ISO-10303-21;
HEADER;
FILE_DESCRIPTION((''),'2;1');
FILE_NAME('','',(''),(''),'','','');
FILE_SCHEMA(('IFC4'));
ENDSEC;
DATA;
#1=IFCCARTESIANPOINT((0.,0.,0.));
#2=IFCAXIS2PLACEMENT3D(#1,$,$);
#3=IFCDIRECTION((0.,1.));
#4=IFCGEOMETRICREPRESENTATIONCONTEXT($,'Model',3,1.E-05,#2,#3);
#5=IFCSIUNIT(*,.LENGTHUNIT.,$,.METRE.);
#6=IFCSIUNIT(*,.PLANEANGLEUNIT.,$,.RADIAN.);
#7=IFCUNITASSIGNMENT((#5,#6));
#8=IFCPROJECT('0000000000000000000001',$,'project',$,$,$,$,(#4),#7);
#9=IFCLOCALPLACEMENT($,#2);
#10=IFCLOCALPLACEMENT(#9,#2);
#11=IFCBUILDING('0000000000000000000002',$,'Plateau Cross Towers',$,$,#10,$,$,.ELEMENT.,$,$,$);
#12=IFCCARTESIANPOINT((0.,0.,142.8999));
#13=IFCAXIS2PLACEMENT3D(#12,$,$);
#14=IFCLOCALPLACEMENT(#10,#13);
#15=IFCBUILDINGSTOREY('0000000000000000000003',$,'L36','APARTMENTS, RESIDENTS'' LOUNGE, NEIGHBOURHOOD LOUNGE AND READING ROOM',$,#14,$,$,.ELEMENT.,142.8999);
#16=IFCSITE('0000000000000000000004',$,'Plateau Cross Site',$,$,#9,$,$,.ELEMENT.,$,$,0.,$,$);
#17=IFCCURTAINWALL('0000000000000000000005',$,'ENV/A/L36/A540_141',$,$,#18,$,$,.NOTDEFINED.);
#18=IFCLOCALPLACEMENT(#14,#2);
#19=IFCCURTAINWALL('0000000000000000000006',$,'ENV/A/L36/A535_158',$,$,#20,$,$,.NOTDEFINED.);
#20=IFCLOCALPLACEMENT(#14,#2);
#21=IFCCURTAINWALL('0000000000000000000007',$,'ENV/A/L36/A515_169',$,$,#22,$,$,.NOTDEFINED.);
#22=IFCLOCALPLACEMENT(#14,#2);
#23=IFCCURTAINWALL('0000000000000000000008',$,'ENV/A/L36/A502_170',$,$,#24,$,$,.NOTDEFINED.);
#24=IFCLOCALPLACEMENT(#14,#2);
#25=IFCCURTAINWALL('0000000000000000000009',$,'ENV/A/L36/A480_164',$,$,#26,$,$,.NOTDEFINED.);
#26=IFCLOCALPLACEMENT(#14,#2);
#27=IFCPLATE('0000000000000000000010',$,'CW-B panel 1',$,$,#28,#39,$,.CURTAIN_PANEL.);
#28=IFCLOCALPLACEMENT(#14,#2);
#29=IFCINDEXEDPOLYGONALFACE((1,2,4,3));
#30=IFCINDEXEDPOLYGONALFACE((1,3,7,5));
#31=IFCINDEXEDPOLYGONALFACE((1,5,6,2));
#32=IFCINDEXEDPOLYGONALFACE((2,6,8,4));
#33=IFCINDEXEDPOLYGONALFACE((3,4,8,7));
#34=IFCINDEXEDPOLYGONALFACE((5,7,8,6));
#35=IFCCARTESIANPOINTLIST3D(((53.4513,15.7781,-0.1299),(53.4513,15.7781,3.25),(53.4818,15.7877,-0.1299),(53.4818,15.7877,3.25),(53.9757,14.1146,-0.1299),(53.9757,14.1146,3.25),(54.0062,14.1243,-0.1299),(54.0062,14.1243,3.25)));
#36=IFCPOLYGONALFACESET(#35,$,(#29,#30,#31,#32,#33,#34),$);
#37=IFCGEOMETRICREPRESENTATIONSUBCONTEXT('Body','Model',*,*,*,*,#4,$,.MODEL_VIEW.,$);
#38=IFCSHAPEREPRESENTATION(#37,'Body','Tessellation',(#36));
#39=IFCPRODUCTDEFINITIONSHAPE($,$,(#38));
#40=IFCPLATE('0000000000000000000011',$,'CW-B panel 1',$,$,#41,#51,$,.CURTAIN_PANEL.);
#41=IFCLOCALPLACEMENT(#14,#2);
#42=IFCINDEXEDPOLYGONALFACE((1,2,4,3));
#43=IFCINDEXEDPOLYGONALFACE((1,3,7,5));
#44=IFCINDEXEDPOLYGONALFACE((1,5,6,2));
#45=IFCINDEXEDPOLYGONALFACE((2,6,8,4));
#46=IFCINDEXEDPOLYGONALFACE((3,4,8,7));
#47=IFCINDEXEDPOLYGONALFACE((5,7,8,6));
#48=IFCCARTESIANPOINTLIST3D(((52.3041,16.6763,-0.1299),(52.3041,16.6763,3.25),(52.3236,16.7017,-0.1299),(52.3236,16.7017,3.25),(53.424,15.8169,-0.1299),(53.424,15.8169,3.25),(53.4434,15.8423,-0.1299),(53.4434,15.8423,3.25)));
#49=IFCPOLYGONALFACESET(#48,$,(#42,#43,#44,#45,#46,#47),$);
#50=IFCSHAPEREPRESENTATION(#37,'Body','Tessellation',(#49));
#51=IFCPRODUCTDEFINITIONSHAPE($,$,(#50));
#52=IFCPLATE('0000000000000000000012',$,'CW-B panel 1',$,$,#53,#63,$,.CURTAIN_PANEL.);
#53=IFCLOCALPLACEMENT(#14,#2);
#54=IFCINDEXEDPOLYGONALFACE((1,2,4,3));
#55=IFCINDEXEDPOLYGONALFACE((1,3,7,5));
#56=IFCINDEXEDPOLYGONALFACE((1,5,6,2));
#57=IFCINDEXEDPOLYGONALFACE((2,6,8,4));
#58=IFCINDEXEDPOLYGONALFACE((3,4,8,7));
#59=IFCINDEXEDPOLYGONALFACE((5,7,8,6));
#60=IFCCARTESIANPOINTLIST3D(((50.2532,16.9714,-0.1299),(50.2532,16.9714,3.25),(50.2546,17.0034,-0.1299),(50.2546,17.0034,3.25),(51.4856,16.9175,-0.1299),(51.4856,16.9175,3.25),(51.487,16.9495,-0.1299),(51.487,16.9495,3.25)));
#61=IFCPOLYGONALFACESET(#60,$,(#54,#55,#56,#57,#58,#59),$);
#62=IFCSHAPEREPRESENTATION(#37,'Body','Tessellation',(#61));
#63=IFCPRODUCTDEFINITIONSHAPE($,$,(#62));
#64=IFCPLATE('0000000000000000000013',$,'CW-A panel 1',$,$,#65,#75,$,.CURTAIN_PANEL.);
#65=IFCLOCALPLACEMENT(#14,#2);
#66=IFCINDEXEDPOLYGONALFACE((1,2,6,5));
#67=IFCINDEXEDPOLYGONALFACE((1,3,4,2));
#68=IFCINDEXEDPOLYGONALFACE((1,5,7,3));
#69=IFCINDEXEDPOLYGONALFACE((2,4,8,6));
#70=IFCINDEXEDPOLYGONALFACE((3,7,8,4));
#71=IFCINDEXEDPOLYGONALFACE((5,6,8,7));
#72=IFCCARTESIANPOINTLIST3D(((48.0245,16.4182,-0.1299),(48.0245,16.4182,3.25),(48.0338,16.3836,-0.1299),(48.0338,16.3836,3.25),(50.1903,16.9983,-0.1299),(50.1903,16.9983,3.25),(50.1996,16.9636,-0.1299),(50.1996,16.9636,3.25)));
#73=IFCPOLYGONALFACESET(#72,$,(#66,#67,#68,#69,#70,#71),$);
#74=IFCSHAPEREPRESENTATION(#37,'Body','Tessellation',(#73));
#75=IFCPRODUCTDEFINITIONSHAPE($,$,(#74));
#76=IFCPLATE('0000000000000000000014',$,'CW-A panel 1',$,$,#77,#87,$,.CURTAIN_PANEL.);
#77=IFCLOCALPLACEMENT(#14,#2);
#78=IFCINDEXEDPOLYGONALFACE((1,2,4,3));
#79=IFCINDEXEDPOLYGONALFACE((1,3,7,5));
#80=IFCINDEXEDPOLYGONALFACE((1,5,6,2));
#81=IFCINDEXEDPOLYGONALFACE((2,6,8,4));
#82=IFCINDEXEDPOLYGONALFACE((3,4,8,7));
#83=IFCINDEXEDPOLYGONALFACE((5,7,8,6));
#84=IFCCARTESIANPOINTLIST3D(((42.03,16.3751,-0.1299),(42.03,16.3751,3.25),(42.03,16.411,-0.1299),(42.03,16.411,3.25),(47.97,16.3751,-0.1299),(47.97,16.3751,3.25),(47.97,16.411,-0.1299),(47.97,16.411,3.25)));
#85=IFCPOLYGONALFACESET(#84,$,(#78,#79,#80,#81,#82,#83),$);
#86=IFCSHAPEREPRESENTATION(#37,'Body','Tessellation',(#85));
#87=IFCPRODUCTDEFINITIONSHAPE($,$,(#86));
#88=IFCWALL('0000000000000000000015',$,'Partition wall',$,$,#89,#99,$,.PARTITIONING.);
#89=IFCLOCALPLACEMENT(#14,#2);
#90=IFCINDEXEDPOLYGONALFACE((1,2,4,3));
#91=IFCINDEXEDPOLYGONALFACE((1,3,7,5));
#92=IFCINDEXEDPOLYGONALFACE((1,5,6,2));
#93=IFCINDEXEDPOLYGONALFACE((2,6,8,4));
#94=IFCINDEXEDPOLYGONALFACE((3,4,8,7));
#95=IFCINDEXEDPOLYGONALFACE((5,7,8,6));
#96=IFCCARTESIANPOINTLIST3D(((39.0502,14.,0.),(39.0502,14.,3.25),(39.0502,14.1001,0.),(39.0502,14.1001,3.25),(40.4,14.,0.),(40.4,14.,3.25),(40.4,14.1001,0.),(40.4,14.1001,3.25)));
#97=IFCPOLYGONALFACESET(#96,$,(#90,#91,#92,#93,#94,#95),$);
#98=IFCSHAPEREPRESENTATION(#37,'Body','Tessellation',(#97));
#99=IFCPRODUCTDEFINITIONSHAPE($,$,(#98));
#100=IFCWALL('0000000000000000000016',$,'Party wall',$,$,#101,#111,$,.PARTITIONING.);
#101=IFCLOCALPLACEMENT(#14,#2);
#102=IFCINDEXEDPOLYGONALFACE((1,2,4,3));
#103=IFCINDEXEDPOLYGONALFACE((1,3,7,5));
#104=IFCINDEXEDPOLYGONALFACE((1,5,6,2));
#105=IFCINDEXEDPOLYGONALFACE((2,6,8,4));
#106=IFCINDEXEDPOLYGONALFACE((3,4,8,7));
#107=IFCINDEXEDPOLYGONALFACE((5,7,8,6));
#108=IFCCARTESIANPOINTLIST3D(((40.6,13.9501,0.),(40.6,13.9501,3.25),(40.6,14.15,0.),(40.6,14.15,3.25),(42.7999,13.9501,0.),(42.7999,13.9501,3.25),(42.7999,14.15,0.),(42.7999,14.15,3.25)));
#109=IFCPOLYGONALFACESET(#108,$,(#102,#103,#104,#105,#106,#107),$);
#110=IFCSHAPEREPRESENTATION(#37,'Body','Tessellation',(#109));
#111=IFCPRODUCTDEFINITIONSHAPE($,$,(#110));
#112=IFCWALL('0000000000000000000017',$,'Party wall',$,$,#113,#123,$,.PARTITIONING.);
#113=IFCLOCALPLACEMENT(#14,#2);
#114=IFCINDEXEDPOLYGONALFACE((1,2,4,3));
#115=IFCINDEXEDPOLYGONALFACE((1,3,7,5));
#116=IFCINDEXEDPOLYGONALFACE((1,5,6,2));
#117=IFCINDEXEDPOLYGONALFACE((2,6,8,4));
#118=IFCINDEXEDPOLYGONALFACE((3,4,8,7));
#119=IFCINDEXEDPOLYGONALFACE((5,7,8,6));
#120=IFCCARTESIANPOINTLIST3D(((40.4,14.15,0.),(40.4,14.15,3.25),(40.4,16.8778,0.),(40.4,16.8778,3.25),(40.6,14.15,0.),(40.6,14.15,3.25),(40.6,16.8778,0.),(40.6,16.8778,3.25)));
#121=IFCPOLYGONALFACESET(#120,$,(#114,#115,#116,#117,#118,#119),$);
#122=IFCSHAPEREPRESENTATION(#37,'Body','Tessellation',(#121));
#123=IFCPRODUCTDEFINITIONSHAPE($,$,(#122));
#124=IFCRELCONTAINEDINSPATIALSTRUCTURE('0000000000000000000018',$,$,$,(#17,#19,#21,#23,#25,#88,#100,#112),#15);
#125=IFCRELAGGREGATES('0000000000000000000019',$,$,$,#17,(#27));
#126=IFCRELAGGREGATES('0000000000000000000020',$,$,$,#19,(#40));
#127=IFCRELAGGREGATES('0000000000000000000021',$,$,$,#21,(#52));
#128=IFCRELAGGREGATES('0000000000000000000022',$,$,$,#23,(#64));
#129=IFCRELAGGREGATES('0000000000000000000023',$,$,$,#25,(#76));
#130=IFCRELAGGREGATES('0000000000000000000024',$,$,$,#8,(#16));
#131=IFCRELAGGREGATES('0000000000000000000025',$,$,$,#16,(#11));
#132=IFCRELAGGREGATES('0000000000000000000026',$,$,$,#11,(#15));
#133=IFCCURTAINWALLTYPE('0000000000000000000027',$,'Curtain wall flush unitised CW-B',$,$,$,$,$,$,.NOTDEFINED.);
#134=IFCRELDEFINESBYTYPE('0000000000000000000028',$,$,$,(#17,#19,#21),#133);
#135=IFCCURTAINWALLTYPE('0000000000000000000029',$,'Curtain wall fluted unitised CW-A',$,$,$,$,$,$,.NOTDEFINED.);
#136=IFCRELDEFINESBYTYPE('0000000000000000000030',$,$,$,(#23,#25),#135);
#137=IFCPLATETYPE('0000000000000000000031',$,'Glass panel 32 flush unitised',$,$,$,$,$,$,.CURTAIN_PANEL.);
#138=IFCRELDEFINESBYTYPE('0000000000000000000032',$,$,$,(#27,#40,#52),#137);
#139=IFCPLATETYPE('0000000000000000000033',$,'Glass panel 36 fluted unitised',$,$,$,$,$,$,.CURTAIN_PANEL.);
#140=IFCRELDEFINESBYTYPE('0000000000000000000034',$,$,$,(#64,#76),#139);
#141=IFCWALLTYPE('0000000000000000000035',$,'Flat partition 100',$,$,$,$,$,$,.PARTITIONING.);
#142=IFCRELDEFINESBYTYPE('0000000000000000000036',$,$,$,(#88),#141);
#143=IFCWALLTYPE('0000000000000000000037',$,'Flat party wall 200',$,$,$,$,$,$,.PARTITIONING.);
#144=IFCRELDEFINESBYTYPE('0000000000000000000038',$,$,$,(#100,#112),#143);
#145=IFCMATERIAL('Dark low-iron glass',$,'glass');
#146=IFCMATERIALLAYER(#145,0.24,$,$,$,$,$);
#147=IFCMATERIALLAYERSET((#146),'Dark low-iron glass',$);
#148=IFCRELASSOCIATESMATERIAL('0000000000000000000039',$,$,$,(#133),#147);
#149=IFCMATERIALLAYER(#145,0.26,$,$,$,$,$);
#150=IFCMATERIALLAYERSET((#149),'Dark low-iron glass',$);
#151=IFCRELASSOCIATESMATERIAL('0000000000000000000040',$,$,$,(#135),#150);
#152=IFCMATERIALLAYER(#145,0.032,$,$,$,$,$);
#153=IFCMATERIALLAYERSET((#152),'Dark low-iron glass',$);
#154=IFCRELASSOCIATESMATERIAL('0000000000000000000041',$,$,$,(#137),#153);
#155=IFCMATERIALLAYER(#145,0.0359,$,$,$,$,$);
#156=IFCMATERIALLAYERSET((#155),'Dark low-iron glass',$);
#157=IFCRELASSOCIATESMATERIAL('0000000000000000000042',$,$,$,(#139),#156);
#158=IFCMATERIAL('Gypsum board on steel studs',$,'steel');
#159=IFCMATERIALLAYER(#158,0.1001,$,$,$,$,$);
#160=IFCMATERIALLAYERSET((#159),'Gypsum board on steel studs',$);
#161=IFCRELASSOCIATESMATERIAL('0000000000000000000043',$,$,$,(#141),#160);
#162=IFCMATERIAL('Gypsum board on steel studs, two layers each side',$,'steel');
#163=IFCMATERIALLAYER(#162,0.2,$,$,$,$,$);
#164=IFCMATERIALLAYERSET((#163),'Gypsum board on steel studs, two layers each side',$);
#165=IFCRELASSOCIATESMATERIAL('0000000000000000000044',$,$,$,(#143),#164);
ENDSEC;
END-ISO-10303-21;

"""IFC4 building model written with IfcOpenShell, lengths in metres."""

from ifc_helpers import new_model, si_unit, direction, frame, frame_2d, origin, origin_2d, place, context, subcontext, project, spatial, rectangle, extrude, material, layer, layer_set, type_object, element, aggregate, save


model = new_model("IFC4")

# Units and contexts
model_context = context("Model", 3, precision=1e-05, world=origin(), true_north=direction((0.0, 1.0)))
body_context = subcontext(model_context, "Body", "Model", "MODEL_VIEW")
ifc_project = project(units=[si_unit("LENGTHUNIT", "METRE"), si_unit("PLANEANGLEUNIT", "RADIAN")], contexts=[model_context])

# Site, building, storey
site_placement = place(None, origin())
site = spatial("IfcSite", under=ifc_project, at=site_placement, Name="Plateau Cross Site", CompositionType="ELEMENT", RefElevation=0.0)
building_placement = place(site_placement, origin())
building = spatial("IfcBuilding", under=site, at=building_placement, Name="Plateau Cross Towers", CompositionType="ELEMENT")
storey_placement = place(building_placement, frame((0.0, 0.0, 142.8999)))
storey = spatial("IfcBuildingStorey", under=building, at=storey_placement, Name="L36", Description="APARTMENTS, RESIDENTS' LOUNGE, NEIGHBOURHOOD LOUNGE AND READING ROOM", CompositionType="ELEMENT", Elevation=142.8999)

# Curtain wall
ifc_material_1 = material(Name="Dark low-iron glass", Category="glass")
ifc_layer_1 = layer(ifc_material_1, 0.24)
ifc_layer_set_1 = layer_set([ifc_layer_1], Name="Dark low-iron glass")
curtain_wall_type_1 = type_object("IfcCurtainWallType", Name="Curtain wall flush unitised CW-B", PredefinedType="NOTDEFINED", material=ifc_layer_set_1)
curtain_wall_1_placement = place(storey_placement, origin())
curtain_wall_1 = element("IfcCurtainWall", 1, at=curtain_wall_1_placement, inside=storey, type_object=curtain_wall_type_1, Name="ENV/A/L36/A540_141", PredefinedType="NOTDEFINED")

# Curtain wall
curtain_wall_2_placement = place(storey_placement, origin())
curtain_wall_2 = element("IfcCurtainWall", 2, at=curtain_wall_2_placement, inside=storey, type_object=curtain_wall_type_1, Name="ENV/A/L36/A535_158", PredefinedType="NOTDEFINED")

# Curtain walls
curtain_wall_3_placement = place(storey_placement, origin())
curtain_wall_3 = element("IfcCurtainWall", 3, at=curtain_wall_3_placement, inside=storey, type_object=curtain_wall_type_1, Name="ENV/A/L36/A515_169", PredefinedType="NOTDEFINED")
ifc_layer_2 = layer(ifc_material_1, 0.26)
ifc_layer_set_2 = layer_set([ifc_layer_2], Name="Dark low-iron glass")
curtain_wall_type_2 = type_object("IfcCurtainWallType", Name="Curtain wall fluted unitised CW-A", PredefinedType="NOTDEFINED", material=ifc_layer_set_2)
curtain_wall_4_placement = place(storey_placement, origin())
curtain_wall_4 = element("IfcCurtainWall", 4, at=curtain_wall_4_placement, inside=storey, type_object=curtain_wall_type_2, Name="ENV/A/L36/A502_170", PredefinedType="NOTDEFINED")
curtain_wall_5_placement = place(storey_placement, origin())
curtain_wall_5 = element("IfcCurtainWall", 5, at=curtain_wall_5_placement, inside=storey, type_object=curtain_wall_type_2, Name="ENV/A/L36/A480_164", PredefinedType="NOTDEFINED")

# Plates
ifc_layer_3 = layer(ifc_material_1, 0.032)
ifc_layer_set_3 = layer_set([ifc_layer_3], Name="Dark low-iron glass")
plate_type_1 = type_object("IfcPlateType", Name="Glass panel 32 flush unitised", PredefinedType="CURTAIN_PANEL", material=ifc_layer_set_3)
plate_1_placement = place(storey_placement, frame((53.7288, 14.9512, -0.1299), z_axis=(0.0, 0.0, 1.0), x_axis=(-0.300686, 0.953723, 0.0)))
plate_1 = element("IfcPlate", 6, at=plate_1_placement, type_object=plate_type_1, Name="CW-B panel 1", PredefinedType="CURTAIN_PANEL", context=body_context, shape_type="SweptSolid", body=[
    extrude(rectangle(XDim=1.7441, YDim=0.032, at=origin_2d()), origin(), (0.0, 0.0, 1.0), 3.3799),
])
aggregate(curtain_wall_1, [plate_1])
plate_2_placement = place(storey_placement, frame((52.8738, 16.2593, -0.1299), z_axis=(0.0, 0.0, 1.0), x_axis=(-0.793316, 0.608811, 0.0)))
plate_2 = element("IfcPlate", 7, at=plate_2_placement, type_object=plate_type_1, Name="CW-B panel 1", PredefinedType="CURTAIN_PANEL", context=body_context, shape_type="SweptSolid", body=[
    extrude(rectangle(XDim=1.4116, YDim=0.032, at=origin_2d()), origin(), (0.0, 0.0, 1.0), 3.3799),
])
aggregate(curtain_wall_2, [plate_2])
plate_3_placement = place(storey_placement, frame((50.8701, 16.9604, -0.1299), z_axis=(0.0, 0.0, 1.0), x_axis=(-0.999044, 0.043723, 0.0)))
plate_3 = element("IfcPlate", 8, at=plate_3_placement, type_object=plate_type_1, Name="CW-B panel 1", PredefinedType="CURTAIN_PANEL", context=body_context, shape_type="SweptSolid", body=[
    extrude(rectangle(XDim=1.2336, YDim=0.032, at=origin_2d()), origin(), (0.0, 0.0, 1.0), 3.3799),
])
aggregate(curtain_wall_3, [plate_3])
ifc_layer_4 = layer(ifc_material_1, 0.0359)
ifc_layer_set_4 = layer_set([ifc_layer_4], Name="Dark low-iron glass")
plate_type_2 = type_object("IfcPlateType", Name="Glass panel 36 fluted unitised", PredefinedType="CURTAIN_PANEL", material=ifc_layer_set_4)
plate_4_placement = place(storey_placement, frame((49.1121, 16.6909, -0.1299), z_axis=(0.0, 0.0, 1.0), x_axis=(-0.965958, -0.258699, 0.0)))
plate_4 = element("IfcPlate", 9, at=plate_4_placement, type_object=plate_type_2, Name="CW-A panel 1", PredefinedType="CURTAIN_PANEL", context=body_context, shape_type="SweptSolid", body=[
    extrude(rectangle(XDim=2.2422, YDim=0.0359, at=origin_2d()), origin(), (0.0, 0.0, 1.0), 3.3799),
])
aggregate(curtain_wall_4, [plate_4])
plate_5_placement = place(storey_placement, frame((45.0, 16.3931, -0.1299), z_axis=(0.0, 0.0, 1.0), x_axis=(-1.0, 0.0, 0.0)))
plate_5 = element("IfcPlate", 10, at=plate_5_placement, type_object=plate_type_2, Name="CW-A panel 1", PredefinedType="CURTAIN_PANEL", context=body_context, shape_type="SweptSolid", body=[
    extrude(rectangle(XDim=5.9399, YDim=0.0359, at=origin_2d()), origin(), (0.0, 0.0, 1.0), 3.3799),
])
aggregate(curtain_wall_5, [plate_5])

# Walls
ifc_material_2 = material(Name="Gypsum board on steel studs", Category="steel")
ifc_layer_5 = layer(ifc_material_2, 0.1001)
ifc_layer_set_5 = layer_set([ifc_layer_5], Name="Gypsum board on steel studs")
wall_type_1 = type_object("IfcWallType", Name="Flat partition 100", PredefinedType="PARTITIONING", material=ifc_layer_set_5)
wall_1_placement = place(storey_placement, frame((40.3999, 14.05, 0.0), z_axis=(0.0, 0.0, 1.0), x_axis=(-1.0, 0.0, 0.0)))
element("IfcWall", 11, at=wall_1_placement, inside=storey, type_object=wall_type_1, Name="Partition wall", PredefinedType="PARTITIONING", context=body_context, shape_type="SweptSolid", body=[
    extrude(rectangle(XDim=1.3499, YDim=0.1001, at=frame_2d((0.6748, 0.0))), origin(), (0.0, 0.0, 1.0), 3.25),
])
ifc_material_3 = material(Name="Gypsum board on steel studs, two layers each side", Category="steel")
ifc_layer_6 = layer(ifc_material_3, 0.2)
ifc_layer_set_6 = layer_set([ifc_layer_6], Name="Gypsum board on steel studs, two layers each side")
wall_type_2 = type_object("IfcWallType", Name="Flat party wall 200", PredefinedType="PARTITIONING", material=ifc_layer_set_6)
wall_2_placement = place(storey_placement, frame((42.8, 14.05, 0.0), z_axis=(0.0, 0.0, 1.0), x_axis=(-1.0, 0.0, 0.0)))
element("IfcWall", 12, at=wall_2_placement, inside=storey, type_object=wall_type_2, Name="Party wall", PredefinedType="PARTITIONING", context=body_context, shape_type="SweptSolid", body=[
    extrude(rectangle(XDim=2.2, YDim=0.2, at=frame_2d((1.1001, 0.0))), origin(), (0.0, 0.0, 1.0), 3.25),
])
wall_3_placement = place(storey_placement, frame((40.5, 16.8777, 0.0), z_axis=(0.0, 0.0, 1.0), x_axis=(0.0, -1.0, 0.0)))
element("IfcWall", 13, at=wall_3_placement, inside=storey, type_object=wall_type_2, Name="Party wall", PredefinedType="PARTITIONING", context=body_context, shape_type="SweptSolid", body=[
    extrude(rectangle(XDim=2.7278, YDim=0.2, at=frame_2d((1.3638, 0.0))), origin(), (0.0, 0.0, 1.0), 3.25),
])

save(model, "model.ifc")
